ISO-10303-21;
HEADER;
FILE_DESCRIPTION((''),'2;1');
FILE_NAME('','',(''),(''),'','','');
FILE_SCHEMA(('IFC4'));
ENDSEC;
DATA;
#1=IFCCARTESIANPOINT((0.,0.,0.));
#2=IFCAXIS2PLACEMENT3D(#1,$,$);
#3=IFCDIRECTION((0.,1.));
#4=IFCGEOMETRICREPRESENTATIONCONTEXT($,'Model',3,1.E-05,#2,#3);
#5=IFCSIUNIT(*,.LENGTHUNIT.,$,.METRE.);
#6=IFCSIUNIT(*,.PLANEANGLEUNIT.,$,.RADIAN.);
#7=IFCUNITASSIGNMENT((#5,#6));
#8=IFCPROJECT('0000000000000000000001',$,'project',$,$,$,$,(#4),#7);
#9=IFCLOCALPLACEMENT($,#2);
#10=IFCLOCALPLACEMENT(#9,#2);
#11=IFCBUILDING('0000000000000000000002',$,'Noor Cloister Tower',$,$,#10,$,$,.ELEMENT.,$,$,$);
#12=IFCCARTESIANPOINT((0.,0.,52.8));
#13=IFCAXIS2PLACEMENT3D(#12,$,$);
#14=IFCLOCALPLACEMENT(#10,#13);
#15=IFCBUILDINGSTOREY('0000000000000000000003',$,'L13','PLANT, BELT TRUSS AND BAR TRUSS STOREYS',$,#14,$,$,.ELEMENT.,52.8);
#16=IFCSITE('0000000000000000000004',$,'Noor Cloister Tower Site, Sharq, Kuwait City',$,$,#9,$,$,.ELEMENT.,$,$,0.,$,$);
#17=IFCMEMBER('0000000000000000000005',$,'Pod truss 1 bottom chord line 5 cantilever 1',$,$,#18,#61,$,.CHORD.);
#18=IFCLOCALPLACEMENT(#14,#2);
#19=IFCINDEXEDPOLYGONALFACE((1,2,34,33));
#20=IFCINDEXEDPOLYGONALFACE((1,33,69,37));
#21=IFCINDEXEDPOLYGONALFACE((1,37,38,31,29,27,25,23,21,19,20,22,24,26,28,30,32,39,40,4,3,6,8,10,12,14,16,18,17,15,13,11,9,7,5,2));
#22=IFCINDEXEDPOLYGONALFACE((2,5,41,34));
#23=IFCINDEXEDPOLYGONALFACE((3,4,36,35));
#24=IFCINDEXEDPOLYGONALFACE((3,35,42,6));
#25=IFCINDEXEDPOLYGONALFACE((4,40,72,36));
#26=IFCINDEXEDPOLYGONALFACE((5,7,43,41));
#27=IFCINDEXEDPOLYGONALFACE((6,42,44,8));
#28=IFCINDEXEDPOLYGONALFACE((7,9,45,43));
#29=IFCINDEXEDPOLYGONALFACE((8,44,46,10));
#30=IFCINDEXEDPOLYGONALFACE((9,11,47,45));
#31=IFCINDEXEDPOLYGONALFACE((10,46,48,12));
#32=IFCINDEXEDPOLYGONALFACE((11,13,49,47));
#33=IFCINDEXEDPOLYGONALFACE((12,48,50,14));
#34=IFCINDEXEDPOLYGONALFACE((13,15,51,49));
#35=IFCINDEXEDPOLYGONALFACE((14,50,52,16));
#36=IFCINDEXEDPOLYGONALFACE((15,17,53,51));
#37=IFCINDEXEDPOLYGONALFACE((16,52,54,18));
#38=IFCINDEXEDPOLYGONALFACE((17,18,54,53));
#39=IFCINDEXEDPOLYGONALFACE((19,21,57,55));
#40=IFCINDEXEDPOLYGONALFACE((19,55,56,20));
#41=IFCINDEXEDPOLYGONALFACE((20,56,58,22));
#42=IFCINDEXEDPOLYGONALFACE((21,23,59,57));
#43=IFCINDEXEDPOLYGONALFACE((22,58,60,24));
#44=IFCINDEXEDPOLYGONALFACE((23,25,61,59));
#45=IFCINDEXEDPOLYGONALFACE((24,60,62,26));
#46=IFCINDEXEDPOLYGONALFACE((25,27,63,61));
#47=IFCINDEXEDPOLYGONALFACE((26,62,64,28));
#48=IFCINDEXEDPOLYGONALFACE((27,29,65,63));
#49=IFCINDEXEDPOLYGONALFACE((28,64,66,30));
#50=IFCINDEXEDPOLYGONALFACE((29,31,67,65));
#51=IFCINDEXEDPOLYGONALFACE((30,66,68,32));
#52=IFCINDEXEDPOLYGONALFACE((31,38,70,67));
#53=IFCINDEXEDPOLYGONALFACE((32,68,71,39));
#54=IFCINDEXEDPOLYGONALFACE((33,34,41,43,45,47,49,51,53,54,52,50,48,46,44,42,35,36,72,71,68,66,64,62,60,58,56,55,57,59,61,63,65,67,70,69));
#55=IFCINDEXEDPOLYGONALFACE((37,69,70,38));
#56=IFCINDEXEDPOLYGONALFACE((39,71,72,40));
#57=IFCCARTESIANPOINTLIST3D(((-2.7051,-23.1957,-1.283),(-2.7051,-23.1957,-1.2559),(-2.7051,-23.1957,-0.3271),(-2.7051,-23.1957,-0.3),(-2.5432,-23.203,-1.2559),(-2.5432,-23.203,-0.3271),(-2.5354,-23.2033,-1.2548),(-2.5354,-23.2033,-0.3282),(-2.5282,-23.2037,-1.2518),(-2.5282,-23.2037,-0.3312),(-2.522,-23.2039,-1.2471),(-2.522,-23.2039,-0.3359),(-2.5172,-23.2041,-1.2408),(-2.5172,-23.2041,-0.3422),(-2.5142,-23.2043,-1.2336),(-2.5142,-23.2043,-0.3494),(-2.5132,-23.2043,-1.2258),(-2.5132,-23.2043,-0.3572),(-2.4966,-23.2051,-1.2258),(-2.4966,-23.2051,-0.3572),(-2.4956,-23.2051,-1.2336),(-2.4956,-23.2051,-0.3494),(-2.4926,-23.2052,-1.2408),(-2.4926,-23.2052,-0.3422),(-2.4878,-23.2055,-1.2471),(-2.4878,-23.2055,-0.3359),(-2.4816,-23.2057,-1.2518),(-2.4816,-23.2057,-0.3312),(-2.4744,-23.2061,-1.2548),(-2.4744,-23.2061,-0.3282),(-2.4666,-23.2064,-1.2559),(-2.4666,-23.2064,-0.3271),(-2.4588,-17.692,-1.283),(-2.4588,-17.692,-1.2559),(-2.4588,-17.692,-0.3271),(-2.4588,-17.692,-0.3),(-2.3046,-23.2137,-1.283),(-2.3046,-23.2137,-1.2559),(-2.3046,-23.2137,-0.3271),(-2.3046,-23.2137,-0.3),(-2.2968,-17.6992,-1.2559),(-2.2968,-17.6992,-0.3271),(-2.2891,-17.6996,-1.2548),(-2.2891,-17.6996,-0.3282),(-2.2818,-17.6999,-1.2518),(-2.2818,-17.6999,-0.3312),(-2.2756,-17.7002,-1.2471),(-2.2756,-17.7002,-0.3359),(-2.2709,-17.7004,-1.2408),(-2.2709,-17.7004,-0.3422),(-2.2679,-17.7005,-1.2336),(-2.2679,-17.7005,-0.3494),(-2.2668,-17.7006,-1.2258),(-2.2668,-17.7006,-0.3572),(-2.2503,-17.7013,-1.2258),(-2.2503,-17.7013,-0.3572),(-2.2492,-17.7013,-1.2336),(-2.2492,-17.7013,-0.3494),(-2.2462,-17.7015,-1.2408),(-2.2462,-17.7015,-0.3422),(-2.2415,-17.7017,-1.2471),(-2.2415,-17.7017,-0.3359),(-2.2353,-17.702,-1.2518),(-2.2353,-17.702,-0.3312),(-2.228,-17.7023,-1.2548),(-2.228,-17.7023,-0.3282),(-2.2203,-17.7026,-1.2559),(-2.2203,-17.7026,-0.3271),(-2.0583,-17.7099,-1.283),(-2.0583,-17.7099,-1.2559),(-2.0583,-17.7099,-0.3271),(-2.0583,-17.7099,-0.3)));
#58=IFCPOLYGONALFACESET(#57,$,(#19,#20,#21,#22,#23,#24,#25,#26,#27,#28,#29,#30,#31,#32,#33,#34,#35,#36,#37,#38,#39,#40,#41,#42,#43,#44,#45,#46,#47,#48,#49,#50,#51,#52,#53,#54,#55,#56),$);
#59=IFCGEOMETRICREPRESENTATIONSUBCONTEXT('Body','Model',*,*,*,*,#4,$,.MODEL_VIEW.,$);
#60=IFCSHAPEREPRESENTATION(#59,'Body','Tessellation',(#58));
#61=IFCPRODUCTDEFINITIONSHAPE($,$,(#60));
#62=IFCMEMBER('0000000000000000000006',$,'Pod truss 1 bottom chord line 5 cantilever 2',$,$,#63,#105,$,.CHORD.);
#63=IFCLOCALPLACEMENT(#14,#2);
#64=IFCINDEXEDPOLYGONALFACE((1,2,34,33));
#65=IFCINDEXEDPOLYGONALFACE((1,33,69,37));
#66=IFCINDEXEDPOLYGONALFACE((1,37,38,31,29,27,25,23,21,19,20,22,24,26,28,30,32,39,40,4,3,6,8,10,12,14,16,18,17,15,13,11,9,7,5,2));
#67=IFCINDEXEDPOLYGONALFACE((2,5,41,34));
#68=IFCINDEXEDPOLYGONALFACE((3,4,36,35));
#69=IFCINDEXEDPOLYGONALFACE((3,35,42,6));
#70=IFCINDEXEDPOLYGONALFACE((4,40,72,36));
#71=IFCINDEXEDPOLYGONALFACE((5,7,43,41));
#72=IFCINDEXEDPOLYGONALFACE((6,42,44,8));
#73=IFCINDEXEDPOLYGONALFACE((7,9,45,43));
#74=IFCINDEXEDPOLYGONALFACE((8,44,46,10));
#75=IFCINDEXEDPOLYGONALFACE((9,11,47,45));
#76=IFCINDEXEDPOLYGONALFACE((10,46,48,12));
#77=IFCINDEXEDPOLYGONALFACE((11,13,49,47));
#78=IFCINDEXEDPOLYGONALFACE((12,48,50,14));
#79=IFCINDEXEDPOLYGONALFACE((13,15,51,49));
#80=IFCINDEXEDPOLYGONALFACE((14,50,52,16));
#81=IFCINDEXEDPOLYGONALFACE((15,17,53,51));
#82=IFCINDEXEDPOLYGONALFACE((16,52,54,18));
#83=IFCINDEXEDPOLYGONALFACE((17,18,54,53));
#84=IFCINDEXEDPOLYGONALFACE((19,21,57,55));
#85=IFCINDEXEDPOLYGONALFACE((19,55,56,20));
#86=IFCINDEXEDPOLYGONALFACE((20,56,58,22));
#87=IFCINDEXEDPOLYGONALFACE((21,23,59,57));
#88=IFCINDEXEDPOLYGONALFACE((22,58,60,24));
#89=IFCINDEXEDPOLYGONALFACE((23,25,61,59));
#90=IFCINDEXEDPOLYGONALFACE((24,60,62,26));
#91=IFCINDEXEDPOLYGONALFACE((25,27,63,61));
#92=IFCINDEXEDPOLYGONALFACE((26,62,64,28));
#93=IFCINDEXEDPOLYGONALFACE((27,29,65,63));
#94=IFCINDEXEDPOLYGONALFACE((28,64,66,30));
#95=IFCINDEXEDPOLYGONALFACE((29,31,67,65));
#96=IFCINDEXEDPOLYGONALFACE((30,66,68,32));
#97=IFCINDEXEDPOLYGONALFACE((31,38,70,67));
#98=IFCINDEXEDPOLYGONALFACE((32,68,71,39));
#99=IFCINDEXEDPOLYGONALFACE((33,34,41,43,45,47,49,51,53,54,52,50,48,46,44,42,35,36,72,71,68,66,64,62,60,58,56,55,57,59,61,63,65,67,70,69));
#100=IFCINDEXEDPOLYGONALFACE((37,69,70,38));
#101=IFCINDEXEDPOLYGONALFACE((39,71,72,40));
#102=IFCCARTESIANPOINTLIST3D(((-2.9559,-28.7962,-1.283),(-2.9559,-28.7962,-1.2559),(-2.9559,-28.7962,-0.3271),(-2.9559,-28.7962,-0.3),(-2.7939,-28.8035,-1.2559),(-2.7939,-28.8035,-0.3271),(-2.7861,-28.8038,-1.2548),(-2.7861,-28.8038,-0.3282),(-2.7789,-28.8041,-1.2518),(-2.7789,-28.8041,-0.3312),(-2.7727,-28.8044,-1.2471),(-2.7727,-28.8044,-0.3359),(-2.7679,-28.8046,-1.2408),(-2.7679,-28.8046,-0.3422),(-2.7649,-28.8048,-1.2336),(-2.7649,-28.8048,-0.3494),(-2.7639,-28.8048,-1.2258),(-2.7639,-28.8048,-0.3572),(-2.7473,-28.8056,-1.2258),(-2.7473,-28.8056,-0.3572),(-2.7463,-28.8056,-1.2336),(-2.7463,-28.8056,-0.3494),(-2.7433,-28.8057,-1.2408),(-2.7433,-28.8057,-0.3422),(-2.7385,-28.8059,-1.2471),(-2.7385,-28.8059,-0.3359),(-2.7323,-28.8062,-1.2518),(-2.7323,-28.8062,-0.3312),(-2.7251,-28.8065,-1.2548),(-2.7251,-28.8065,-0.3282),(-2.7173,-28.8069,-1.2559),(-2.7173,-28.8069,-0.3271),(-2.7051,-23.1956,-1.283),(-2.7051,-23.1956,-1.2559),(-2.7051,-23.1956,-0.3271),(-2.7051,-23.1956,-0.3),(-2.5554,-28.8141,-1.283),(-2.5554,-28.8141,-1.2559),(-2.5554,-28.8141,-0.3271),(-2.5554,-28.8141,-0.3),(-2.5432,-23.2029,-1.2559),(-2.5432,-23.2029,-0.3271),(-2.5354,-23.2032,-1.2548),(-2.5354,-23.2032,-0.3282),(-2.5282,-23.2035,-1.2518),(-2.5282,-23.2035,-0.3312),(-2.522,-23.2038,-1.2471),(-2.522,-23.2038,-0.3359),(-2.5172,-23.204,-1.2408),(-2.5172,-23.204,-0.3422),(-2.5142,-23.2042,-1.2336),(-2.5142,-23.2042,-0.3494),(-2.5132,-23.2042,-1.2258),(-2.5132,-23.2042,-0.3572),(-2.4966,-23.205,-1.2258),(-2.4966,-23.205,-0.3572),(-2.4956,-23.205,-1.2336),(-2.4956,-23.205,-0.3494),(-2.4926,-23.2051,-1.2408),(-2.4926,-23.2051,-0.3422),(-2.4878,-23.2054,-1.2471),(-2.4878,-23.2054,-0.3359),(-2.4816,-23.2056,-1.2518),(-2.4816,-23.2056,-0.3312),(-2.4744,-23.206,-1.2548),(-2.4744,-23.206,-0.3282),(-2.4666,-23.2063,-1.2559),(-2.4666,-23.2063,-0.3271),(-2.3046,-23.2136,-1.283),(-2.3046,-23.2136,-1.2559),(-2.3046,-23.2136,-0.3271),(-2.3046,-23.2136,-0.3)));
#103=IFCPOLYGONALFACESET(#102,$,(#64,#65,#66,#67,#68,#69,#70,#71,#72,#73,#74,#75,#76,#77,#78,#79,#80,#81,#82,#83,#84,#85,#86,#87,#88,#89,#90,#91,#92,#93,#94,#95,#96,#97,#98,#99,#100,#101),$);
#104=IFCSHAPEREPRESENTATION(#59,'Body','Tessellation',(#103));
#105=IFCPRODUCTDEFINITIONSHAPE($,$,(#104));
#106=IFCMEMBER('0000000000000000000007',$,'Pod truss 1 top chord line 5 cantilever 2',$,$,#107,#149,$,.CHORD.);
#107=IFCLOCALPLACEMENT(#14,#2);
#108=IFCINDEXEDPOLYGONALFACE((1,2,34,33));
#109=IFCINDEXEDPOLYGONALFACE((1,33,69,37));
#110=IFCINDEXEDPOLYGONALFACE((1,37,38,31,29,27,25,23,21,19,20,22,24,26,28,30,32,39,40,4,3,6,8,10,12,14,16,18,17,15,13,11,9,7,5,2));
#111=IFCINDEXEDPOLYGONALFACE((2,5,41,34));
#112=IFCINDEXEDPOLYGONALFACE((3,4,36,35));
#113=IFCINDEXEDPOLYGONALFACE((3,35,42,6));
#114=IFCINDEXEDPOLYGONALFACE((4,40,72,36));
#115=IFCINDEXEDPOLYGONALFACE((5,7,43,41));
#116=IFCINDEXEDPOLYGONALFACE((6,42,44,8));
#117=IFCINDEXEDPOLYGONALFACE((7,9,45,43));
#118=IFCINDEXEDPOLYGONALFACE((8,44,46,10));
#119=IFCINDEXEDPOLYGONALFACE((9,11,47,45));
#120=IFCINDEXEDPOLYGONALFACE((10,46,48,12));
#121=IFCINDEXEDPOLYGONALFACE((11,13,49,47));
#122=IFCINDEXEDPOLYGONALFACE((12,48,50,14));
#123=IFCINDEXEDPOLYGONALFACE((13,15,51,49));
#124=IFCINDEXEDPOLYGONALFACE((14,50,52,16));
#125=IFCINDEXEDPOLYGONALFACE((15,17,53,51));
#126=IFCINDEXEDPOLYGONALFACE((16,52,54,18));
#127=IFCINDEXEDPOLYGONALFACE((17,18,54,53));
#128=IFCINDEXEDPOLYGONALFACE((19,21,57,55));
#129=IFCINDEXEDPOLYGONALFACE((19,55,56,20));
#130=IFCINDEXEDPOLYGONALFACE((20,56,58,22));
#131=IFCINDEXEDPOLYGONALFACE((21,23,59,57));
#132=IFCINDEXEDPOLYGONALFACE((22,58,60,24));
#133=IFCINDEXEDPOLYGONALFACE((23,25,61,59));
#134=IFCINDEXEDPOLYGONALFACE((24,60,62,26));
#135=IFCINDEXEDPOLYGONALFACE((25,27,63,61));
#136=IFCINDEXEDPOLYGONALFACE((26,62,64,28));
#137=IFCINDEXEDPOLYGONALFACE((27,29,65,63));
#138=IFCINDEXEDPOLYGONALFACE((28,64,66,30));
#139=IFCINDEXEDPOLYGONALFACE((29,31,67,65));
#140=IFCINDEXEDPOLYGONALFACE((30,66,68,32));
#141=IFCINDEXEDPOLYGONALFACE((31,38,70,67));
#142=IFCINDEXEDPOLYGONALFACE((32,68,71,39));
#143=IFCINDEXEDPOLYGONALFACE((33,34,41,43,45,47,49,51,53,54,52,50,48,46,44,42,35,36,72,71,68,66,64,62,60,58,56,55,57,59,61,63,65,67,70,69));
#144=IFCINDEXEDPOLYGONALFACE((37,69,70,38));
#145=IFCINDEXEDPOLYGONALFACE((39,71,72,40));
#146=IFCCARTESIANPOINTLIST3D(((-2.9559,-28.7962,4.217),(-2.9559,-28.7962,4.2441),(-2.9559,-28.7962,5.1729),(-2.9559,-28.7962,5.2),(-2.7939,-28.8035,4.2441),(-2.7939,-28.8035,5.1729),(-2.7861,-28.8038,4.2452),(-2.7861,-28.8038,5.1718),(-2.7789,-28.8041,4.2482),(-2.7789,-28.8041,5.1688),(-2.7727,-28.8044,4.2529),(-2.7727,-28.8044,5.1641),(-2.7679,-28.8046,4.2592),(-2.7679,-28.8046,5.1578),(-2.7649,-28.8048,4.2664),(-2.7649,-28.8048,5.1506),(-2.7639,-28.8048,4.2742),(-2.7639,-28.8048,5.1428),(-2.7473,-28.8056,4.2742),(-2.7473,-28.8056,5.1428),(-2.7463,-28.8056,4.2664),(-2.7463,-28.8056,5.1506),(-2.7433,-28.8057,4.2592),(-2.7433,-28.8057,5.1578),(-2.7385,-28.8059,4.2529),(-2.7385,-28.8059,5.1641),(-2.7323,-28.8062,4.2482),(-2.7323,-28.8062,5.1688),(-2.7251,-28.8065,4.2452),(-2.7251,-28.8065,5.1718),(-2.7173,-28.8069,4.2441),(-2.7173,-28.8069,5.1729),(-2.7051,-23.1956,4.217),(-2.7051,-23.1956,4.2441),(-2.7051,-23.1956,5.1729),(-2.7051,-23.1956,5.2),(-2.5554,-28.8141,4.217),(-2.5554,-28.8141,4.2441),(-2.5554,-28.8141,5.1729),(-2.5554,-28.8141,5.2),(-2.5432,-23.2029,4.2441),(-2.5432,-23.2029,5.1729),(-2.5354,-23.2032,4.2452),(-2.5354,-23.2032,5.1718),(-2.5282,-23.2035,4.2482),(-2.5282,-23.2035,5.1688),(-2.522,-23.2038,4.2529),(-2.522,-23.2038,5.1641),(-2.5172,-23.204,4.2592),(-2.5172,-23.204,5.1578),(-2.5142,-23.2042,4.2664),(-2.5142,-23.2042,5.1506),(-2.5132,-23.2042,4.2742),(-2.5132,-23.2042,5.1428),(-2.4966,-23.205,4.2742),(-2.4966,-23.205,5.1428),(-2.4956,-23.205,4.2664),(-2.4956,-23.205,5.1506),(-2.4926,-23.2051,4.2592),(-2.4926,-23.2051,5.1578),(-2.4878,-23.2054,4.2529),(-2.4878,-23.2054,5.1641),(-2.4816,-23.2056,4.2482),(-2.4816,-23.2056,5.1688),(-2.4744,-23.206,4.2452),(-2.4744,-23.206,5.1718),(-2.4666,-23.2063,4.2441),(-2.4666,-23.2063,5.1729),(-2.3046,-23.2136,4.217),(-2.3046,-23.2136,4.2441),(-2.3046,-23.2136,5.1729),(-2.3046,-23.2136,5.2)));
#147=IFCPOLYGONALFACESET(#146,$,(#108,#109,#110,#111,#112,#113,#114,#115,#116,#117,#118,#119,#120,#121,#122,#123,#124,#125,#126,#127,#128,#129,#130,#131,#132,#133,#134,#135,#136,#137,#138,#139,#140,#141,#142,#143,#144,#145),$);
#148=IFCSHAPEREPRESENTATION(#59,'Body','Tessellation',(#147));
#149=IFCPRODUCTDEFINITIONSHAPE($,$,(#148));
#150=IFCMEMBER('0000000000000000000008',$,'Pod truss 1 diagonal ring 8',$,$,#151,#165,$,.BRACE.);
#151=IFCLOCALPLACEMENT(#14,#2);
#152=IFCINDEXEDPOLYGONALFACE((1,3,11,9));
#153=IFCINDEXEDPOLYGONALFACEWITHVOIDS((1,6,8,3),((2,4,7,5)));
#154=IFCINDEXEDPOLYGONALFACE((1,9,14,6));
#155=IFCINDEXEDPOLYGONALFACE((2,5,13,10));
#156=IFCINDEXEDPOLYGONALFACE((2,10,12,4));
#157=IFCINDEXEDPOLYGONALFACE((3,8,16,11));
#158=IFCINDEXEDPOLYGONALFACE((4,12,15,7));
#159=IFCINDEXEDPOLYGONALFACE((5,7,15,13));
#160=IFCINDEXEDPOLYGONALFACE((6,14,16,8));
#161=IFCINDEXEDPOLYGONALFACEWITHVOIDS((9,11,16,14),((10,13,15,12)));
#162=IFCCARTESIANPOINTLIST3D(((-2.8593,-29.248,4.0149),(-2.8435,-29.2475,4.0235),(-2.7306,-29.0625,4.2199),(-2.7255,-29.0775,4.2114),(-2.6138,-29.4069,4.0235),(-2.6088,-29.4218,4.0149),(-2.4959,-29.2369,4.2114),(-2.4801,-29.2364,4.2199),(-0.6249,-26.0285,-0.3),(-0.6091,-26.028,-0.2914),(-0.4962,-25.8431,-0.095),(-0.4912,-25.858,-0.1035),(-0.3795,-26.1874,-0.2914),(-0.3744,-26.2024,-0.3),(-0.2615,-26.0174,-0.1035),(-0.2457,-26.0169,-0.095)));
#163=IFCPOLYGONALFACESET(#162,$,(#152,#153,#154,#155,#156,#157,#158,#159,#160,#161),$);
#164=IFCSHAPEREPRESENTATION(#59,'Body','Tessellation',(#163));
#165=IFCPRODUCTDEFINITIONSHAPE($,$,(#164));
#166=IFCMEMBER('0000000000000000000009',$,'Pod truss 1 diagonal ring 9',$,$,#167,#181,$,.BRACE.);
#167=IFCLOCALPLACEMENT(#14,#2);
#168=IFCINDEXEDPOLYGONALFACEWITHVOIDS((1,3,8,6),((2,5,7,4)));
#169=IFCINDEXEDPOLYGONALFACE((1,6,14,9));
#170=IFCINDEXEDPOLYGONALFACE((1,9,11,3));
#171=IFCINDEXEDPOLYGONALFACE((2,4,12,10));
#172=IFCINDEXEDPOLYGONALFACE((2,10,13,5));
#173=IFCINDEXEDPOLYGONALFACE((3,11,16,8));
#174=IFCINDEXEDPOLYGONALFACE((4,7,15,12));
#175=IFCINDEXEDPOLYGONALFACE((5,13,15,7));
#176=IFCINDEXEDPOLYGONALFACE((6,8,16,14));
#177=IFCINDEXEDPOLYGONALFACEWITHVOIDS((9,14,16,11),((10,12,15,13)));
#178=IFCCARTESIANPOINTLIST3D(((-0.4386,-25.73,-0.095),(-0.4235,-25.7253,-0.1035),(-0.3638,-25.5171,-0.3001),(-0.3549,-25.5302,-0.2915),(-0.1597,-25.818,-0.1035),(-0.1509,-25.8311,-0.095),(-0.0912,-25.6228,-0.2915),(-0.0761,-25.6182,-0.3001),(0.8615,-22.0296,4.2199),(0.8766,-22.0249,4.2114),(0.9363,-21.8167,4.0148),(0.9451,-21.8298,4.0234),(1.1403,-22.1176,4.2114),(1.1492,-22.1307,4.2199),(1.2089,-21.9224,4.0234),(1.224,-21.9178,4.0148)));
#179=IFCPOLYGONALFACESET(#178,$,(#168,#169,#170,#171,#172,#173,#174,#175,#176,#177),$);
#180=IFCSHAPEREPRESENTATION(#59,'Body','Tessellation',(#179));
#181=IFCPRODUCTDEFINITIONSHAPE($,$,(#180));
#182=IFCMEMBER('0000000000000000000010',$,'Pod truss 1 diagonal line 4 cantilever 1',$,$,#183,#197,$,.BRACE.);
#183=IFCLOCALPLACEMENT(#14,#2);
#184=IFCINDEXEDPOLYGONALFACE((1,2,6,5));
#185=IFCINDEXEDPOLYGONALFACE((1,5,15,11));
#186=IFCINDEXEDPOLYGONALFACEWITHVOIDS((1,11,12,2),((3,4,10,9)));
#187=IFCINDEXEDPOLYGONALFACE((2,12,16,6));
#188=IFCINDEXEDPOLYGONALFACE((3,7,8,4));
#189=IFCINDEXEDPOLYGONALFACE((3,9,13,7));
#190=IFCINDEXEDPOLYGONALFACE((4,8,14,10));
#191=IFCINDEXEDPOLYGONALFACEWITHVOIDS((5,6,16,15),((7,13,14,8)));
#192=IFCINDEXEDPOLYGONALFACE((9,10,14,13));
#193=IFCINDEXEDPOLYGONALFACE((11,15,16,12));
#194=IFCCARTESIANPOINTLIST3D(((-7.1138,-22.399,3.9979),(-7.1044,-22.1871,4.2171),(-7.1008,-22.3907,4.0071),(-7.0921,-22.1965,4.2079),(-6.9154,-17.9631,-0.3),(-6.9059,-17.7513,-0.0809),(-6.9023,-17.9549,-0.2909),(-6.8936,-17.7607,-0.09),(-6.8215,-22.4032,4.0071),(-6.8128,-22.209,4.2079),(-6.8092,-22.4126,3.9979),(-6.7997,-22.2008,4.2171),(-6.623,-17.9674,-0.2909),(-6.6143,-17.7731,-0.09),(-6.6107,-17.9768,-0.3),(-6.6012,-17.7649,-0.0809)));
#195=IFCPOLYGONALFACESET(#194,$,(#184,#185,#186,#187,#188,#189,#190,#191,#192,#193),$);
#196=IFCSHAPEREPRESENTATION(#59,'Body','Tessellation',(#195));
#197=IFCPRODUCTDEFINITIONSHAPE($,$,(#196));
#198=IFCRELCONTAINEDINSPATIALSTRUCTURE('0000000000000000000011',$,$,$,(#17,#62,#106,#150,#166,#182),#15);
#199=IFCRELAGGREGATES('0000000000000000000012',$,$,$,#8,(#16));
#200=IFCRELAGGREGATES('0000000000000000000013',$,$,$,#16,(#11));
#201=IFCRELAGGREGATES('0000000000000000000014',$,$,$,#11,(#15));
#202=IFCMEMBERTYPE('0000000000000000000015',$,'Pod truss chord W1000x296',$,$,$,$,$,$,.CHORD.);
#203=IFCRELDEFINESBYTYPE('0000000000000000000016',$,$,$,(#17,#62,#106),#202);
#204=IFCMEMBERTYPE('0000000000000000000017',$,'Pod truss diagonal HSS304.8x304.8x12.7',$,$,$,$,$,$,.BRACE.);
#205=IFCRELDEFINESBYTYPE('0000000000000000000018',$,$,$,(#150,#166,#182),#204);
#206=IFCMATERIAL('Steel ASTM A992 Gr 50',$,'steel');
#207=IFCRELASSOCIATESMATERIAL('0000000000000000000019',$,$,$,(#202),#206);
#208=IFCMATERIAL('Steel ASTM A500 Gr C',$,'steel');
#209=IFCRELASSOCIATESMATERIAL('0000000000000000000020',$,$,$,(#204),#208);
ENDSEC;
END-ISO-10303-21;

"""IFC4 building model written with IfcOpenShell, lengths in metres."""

from ifc_helpers import new_model, si_unit, direction, frame, origin, origin_2d, place, context, subcontext, project, spatial, hollow_rectangle, i_section, extrude, material, material_profile, profile_set, type_object, element, save


model = new_model("IFC4")

# Units and contexts
model_context = context("Model", 3, precision=1e-05, world=origin(), true_north=direction((0.0, 1.0)))
body_context = subcontext(model_context, "Body", "Model", "MODEL_VIEW")
ifc_project = project(units=[si_unit("LENGTHUNIT", "METRE"), si_unit("PLANEANGLEUNIT", "RADIAN")], contexts=[model_context])

# Site, building, storey
site_placement = place(None, origin())
site = spatial("IfcSite", under=ifc_project, at=site_placement, Name="Noor Cloister Tower Site, Sharq, Kuwait City", CompositionType="ELEMENT", RefElevation=0.0)
building_placement = place(site_placement, origin())
building = spatial("IfcBuilding", under=site, at=building_placement, Name="Noor Cloister Tower", CompositionType="ELEMENT")
storey_placement = place(building_placement, frame((0.0, 0.0, 52.8)))
storey = spatial("IfcBuildingStorey", under=building, at=storey_placement, Name="L13", Description="PLANT, BELT TRUSS AND BAR TRUSS STOREYS", CompositionType="ELEMENT", Elevation=52.8)

# Members
ifc_material_1 = material(Name="Steel ASTM A992 Gr 50", Category="steel")
ifc_material_profile_1 = material_profile(ifc_material_1, i_section(OverallWidth=0.4009, OverallDepth=0.9829, WebThickness=0.0166, FlangeThickness=0.0271, FilletRadius=0.03, at=origin_2d()), Name="W1000x296")
ifc_profile_set_1 = profile_set([ifc_material_profile_1], Name="Steel ASTM A992 Gr 50")
member_type_1 = type_object("IfcMemberType", Name="Pod truss chord W1000x296", PredefinedType="CHORD", material=ifc_profile_set_1)
member_1_placement = place(storey_placement, frame((-2.2585, -17.7009, -0.7915), z_axis=(-0.044714, -0.999, 0.0), x_axis=(0.999, -0.044714, 0.0)))
element("IfcMember", 1, at=member_1_placement, inside=storey, type_object=member_type_1, Name="Pod truss 1 bottom chord line 5 cantilever 1", PredefinedType="CHORD", context=body_context, shape_type="SweptSolid", body=[
    extrude(i_section(OverallWidth=0.4009, OverallDepth=0.9829, WebThickness=0.0166, FlangeThickness=0.0271, FilletRadius=0.03, at=origin_2d()), origin(), (0.0, 0.0, 1.0), 5.5093),
])
for number, where, z_axis, x_axis, name in (
    (2, (-2.5049, -23.2046, -0.7915), (-0.044724, -0.998999, 0.0), (0.998999, -0.044724, 0.0), "Pod truss 1 bottom chord line 5 cantilever 2"),
    (3, (-2.5049, -23.2046, 4.7085), (-0.044724, -0.998999, 0.0), (0.998999, -0.044724, 0.0), "Pod truss 1 top chord line 5 cantilever 2"),
):
    element("IfcMember", number, at=place(storey_placement, frame(where, z_axis=z_axis, x_axis=x_axis)), inside=storey, type_object=member_type_1, Name=name, PredefinedType="CHORD", context=body_context, shape_type="SweptSolid", body=[
        extrude(i_section(OverallWidth=0.4009, OverallDepth=0.9829, WebThickness=0.0166, FlangeThickness=0.0271, FilletRadius=0.03, at=origin_2d()), origin(), (0.0, 0.0, 1.0), 5.6062),
    ])
ifc_material_2 = material(Name="Steel ASTM A500 Gr C", Category="steel")
ifc_material_profile_2 = material_profile(ifc_material_2, hollow_rectangle(XDim=0.3049, YDim=0.3049, WallThickness=0.0127, at=origin_2d()), Name="HSS304.8x304.8x12.7")
ifc_profile_set_2 = profile_set([ifc_material_profile_2], Name="Steel ASTM A500 Gr C")
member_type_2 = type_object("IfcMemberType", Name="Pod truss diagonal HSS304.8x304.8x12.7", PredefinedType="BRACE", material=ifc_profile_set_2)
member_2_placement = place(storey_placement, frame((-2.6697, -29.2422, 4.1174), z_axis=(0.383326, 0.55233, -0.740265), x_axis=(-0.821535, 0.570159, 0.0)))
element("IfcMember", 4, at=member_2_placement, inside=storey, type_object=member_type_2, Name="Pod truss 1 diagonal ring 8", PredefinedType="BRACE", context=body_context, shape_type="SweptSolid", body=[
    extrude(hollow_rectangle(XDim=0.3049, YDim=0.3049, WallThickness=0.0127, at=origin_2d()), origin(), (0.0, 0.0, 1.0), 5.8289),
])
member_3_placement = place(storey_placement, frame((-0.2573, -25.6741, -0.1975), z_axis=(0.22295, 0.634601, 0.739984), x_axis=(-0.943469, 0.331462, 0.0)))
element("IfcMember", 5, at=member_3_placement, inside=storey, type_object=member_type_2, Name="Pod truss 1 diagonal ring 9", PredefinedType="BRACE", context=body_context, shape_type="SweptSolid", body=[
    extrude(hollow_rectangle(XDim=0.3049, YDim=0.3049, WallThickness=0.0127, at=origin_2d()), origin(), (0.0, 0.0, 1.0), 5.8311),
])
for number, where, z_axis, x_axis, name in (
    (6, (-6.7583, -17.864, -0.1904), (-0.03212, -0.717815, 0.695493), (0.999, -0.044702, 0.0), "Pod truss 1 diagonal line 4 cantilever 1"),
):
    element("IfcMember", number, at=place(storey_placement, frame(where, z_axis=z_axis, x_axis=x_axis)), inside=storey, type_object=member_type_2, Name=name, PredefinedType="BRACE", context=body_context, shape_type="SweptSolid", body=[
        extrude(hollow_rectangle(XDim=0.3049, YDim=0.3049, WallThickness=0.0127, at=origin_2d()), origin(), (0.0, 0.0, 1.0), 6.1797),
    ])

save(model, "model.ifc")
